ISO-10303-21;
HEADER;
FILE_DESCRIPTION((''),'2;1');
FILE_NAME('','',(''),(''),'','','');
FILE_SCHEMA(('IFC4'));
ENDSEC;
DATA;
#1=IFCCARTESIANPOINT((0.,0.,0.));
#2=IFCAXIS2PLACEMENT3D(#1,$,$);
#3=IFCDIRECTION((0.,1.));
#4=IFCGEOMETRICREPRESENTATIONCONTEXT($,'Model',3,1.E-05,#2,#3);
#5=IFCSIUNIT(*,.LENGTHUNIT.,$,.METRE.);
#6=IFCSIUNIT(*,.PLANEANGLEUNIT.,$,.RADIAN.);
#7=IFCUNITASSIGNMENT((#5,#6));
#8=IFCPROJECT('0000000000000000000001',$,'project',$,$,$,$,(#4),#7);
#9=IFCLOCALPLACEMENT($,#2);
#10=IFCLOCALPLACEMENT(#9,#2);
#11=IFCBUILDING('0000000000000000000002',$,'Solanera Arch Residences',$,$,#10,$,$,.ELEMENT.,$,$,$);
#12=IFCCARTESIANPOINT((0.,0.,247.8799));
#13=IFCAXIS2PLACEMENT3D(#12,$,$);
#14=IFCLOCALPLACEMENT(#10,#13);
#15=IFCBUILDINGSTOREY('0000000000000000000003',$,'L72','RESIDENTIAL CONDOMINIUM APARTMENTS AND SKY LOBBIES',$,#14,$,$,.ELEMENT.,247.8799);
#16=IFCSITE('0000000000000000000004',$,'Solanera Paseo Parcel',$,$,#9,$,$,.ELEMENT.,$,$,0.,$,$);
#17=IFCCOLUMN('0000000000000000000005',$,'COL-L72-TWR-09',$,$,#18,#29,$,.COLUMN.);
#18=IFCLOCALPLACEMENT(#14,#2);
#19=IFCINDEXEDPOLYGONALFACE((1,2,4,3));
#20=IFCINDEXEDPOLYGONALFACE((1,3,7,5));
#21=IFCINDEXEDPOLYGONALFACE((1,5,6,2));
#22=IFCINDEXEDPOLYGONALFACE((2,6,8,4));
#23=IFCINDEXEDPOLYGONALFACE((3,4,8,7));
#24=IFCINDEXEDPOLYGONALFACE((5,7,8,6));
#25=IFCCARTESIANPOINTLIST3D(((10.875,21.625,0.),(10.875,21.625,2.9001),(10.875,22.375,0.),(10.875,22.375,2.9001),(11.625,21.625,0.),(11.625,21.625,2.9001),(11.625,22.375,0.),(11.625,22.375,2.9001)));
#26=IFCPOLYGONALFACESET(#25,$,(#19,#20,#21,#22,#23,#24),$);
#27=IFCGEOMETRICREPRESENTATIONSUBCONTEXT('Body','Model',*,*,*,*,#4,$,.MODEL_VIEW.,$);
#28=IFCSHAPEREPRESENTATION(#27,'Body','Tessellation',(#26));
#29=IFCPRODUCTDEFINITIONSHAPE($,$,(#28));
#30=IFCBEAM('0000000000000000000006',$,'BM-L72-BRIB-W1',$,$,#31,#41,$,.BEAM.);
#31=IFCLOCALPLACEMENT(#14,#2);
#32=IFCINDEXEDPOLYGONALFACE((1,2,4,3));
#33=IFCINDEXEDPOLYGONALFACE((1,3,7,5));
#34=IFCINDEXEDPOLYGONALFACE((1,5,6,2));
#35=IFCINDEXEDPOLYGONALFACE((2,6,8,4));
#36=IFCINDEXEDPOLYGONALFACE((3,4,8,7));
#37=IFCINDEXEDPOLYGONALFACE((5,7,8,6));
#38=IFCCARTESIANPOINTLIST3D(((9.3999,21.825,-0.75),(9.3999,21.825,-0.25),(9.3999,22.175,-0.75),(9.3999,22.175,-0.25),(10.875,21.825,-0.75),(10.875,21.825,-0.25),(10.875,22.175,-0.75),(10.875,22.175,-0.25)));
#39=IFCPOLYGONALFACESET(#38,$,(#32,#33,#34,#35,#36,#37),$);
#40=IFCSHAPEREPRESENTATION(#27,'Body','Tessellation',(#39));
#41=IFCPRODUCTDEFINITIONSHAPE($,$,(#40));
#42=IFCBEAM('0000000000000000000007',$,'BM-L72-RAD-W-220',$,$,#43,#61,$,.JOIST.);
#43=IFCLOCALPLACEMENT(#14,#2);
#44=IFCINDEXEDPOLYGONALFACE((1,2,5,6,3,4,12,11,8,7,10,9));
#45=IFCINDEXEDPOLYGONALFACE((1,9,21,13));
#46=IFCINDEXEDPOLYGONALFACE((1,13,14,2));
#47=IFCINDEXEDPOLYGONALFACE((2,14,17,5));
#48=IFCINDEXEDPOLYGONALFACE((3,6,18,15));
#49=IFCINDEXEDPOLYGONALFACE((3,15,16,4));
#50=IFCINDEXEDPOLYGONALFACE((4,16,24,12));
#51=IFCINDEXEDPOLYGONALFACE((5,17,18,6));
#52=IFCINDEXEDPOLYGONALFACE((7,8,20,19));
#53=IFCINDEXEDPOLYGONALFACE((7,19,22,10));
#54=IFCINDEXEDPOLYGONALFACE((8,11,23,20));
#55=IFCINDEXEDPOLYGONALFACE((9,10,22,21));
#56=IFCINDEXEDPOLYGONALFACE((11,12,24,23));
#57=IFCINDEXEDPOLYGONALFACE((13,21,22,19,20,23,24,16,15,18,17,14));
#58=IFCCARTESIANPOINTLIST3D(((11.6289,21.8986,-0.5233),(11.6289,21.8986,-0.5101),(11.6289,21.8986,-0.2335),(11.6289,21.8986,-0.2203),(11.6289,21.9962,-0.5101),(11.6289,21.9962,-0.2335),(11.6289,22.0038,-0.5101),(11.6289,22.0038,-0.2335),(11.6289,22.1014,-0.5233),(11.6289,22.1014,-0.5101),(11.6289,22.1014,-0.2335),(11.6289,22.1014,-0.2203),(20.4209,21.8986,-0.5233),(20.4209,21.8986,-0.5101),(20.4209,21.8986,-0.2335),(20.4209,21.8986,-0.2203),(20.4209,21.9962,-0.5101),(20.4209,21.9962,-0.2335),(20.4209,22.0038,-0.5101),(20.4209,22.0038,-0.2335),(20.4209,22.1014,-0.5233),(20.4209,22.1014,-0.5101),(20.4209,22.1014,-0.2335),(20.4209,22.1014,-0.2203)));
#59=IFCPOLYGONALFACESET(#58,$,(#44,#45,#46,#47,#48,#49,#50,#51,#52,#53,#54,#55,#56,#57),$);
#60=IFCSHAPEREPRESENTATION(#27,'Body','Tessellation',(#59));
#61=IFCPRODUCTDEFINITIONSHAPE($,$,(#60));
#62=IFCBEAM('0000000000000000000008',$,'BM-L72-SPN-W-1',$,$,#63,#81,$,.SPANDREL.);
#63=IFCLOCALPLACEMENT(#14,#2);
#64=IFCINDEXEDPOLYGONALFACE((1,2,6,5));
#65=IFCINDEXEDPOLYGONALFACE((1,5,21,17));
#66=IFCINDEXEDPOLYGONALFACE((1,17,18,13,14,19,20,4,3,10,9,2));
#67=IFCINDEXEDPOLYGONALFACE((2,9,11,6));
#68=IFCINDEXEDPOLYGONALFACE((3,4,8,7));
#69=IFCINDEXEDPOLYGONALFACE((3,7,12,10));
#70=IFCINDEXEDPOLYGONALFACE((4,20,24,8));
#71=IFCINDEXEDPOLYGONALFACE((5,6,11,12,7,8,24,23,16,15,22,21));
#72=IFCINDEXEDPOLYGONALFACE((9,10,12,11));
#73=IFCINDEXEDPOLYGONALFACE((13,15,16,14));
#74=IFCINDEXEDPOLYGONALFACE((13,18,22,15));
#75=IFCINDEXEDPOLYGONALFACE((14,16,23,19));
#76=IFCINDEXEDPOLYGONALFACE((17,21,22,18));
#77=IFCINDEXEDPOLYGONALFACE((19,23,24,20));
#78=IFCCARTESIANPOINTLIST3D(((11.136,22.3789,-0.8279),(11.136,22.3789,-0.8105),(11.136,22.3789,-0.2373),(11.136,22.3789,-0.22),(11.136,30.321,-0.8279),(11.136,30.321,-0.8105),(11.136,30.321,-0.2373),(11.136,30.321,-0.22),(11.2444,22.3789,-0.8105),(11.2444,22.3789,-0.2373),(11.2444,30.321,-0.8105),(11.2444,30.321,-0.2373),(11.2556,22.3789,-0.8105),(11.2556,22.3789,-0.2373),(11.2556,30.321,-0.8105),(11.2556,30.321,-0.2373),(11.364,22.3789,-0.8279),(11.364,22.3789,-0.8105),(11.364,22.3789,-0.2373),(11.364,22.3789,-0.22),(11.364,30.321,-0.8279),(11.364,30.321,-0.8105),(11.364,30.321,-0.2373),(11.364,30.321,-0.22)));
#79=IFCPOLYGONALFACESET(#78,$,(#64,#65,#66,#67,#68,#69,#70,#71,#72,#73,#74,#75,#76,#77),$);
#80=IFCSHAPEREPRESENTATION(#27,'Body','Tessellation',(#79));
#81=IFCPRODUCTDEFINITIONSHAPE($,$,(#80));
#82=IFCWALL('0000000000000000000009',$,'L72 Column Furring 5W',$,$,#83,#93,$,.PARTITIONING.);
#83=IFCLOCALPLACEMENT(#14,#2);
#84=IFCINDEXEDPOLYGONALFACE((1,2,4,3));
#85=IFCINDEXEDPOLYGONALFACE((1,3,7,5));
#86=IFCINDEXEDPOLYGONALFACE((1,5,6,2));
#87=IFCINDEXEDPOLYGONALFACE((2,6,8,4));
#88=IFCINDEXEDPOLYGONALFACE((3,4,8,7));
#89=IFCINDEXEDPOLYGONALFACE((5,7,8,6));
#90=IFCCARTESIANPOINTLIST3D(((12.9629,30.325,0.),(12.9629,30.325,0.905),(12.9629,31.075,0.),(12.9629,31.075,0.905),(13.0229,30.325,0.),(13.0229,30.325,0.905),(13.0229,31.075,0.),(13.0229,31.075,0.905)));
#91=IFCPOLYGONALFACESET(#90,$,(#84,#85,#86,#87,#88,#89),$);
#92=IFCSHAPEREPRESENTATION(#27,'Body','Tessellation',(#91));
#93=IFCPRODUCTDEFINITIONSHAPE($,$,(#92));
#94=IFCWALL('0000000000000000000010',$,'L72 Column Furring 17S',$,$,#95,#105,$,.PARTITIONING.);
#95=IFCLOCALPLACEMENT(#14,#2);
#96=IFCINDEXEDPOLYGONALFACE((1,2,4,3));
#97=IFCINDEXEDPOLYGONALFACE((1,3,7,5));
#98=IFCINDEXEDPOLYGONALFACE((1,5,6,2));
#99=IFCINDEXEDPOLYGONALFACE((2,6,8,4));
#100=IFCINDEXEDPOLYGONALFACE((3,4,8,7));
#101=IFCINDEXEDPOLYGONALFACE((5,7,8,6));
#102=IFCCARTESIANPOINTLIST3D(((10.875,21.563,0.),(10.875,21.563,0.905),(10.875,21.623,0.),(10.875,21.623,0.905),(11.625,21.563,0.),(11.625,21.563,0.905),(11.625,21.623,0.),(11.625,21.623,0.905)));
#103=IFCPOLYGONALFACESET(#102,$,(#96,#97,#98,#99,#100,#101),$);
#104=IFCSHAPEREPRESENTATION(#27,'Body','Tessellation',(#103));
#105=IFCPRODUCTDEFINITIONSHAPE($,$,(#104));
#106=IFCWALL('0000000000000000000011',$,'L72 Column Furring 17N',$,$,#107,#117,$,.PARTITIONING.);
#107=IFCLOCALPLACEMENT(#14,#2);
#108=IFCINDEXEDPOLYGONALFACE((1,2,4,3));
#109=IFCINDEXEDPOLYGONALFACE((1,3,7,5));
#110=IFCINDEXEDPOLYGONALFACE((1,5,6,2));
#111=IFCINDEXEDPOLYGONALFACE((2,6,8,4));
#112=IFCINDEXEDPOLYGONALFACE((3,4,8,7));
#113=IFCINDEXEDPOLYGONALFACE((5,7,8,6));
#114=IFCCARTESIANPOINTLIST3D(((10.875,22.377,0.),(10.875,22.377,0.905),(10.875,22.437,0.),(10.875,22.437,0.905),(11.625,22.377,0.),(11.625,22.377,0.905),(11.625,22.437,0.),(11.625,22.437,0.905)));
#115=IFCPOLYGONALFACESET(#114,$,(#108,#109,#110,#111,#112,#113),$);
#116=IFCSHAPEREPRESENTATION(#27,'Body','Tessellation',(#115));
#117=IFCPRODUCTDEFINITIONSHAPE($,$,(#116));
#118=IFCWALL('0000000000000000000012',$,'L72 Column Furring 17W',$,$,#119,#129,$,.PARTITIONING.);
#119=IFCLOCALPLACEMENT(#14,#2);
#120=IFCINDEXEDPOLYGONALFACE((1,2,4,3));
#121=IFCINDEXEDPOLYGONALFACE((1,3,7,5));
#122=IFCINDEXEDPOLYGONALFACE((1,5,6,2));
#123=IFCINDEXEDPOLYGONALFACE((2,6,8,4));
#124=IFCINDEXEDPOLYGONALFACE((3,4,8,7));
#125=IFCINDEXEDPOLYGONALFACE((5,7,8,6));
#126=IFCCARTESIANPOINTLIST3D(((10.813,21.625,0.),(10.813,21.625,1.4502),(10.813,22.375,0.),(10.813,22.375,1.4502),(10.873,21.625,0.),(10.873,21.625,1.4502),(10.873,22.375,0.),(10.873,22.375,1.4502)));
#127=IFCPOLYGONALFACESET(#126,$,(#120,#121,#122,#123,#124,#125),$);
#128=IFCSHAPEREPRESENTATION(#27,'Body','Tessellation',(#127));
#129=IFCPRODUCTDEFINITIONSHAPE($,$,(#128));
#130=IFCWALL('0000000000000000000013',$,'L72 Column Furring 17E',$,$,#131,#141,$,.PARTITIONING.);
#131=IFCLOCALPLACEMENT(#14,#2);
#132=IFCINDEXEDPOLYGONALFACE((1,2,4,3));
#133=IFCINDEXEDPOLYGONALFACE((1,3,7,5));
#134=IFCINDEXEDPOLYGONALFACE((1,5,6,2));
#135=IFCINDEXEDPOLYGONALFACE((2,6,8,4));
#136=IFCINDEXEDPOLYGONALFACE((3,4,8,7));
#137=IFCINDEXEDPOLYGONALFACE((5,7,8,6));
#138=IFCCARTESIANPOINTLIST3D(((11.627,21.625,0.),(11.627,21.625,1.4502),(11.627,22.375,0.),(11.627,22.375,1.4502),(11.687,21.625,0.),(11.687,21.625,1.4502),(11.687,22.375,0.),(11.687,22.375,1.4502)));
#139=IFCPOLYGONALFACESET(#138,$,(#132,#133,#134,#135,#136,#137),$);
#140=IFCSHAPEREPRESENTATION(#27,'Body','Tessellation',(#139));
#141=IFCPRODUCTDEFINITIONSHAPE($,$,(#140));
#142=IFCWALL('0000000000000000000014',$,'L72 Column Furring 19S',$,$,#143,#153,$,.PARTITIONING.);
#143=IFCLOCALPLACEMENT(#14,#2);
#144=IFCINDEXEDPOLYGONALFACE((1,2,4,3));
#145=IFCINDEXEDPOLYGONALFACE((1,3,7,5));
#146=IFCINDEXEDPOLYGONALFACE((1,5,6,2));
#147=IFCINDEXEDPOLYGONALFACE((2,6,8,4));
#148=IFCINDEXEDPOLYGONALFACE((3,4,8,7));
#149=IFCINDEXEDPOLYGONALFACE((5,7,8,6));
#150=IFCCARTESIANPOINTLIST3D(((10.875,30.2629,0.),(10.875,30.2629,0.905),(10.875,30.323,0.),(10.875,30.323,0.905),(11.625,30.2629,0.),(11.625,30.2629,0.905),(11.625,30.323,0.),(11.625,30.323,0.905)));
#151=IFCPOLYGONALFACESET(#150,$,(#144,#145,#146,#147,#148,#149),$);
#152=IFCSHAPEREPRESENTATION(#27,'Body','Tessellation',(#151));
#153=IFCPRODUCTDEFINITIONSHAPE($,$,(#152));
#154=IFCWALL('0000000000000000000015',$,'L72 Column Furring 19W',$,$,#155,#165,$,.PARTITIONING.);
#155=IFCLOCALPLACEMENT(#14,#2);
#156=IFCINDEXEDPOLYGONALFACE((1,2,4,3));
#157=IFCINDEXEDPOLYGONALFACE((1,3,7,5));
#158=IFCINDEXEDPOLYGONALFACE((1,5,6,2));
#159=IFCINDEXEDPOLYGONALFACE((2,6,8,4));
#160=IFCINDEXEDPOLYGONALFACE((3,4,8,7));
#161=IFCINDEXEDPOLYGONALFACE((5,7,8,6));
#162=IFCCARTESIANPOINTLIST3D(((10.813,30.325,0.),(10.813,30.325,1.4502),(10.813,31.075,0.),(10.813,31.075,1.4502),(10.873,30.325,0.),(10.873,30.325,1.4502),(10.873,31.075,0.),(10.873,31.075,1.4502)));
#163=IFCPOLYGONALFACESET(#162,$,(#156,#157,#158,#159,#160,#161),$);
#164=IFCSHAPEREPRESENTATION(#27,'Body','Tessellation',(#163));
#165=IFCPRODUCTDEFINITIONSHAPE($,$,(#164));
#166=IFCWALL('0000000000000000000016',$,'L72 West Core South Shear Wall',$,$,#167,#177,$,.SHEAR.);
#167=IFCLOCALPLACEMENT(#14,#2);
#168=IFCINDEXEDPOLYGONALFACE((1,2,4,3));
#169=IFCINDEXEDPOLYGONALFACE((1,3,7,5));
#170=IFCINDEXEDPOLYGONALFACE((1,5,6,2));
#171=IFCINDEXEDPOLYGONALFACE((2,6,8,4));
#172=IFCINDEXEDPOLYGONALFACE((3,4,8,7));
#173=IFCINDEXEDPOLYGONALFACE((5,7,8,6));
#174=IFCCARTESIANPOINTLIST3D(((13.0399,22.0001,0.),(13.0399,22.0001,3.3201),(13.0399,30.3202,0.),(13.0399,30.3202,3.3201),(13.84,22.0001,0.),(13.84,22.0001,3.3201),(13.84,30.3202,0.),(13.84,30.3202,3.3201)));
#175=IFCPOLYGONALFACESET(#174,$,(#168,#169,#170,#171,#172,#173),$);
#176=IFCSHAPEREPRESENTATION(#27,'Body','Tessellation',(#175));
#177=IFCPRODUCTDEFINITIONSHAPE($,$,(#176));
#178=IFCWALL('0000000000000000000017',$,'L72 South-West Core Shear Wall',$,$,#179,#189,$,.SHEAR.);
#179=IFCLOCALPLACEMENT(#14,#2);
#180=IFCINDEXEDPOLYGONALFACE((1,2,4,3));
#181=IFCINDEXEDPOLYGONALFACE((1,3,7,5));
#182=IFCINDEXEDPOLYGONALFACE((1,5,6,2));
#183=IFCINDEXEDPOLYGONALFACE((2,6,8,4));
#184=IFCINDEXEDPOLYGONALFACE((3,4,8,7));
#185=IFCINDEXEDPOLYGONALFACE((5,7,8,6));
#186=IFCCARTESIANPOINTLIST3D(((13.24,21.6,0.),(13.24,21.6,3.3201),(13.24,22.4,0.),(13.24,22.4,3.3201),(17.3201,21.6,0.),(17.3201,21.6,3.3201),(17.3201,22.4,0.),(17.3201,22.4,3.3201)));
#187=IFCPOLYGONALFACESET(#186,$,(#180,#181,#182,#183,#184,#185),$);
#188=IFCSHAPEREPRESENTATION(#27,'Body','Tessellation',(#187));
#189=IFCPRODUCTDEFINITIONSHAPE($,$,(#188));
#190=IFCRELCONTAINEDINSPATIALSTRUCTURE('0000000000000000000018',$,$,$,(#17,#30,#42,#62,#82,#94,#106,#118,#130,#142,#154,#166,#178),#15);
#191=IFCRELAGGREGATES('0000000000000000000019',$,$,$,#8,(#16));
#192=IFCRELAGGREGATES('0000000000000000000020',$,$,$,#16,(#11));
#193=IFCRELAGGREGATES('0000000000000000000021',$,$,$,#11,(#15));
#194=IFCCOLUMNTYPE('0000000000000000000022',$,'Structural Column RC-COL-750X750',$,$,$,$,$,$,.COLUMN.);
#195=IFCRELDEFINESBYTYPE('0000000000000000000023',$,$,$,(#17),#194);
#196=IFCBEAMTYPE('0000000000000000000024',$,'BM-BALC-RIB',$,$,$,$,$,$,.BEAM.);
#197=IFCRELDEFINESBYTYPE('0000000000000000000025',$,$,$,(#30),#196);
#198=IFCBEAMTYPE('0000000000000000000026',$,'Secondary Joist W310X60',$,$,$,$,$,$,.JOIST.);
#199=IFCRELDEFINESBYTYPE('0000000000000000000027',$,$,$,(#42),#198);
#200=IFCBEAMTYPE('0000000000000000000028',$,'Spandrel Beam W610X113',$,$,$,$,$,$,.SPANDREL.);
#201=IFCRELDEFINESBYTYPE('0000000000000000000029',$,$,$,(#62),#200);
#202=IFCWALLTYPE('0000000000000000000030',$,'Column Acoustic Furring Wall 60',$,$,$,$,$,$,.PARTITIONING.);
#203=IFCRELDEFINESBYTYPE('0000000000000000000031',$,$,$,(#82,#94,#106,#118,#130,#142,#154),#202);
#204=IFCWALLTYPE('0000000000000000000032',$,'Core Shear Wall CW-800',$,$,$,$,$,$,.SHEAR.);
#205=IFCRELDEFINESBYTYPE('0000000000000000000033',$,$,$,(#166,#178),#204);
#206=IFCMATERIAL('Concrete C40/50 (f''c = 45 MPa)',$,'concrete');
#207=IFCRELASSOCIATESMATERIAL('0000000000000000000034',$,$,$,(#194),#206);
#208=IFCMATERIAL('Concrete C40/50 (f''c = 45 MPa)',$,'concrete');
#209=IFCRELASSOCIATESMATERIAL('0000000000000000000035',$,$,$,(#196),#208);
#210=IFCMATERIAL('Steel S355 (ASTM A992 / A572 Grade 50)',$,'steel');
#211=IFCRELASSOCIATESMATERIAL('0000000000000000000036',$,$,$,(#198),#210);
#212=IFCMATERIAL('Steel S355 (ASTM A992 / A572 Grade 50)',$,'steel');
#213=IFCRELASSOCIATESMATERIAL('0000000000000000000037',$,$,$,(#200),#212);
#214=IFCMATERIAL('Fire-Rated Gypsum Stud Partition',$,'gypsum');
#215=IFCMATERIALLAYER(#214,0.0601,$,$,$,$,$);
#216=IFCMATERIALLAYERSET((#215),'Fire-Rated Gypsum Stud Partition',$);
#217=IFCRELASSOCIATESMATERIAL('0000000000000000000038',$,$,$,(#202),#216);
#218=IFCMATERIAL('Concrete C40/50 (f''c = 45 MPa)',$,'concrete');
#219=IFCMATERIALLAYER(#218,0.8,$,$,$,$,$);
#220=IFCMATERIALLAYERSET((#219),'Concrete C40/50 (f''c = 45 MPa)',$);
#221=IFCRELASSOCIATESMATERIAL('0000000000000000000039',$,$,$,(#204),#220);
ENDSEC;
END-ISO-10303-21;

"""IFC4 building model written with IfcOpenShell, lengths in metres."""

from ifc_helpers import new_model, si_unit, direction, frame, frame_2d, origin, origin_2d, place, context, subcontext, project, spatial, rectangle, i_section, extrude, material, layer, layer_set, material_profile, profile_set, type_object, element, save


model = new_model("IFC4")

# Units and contexts
model_context = context("Model", 3, precision=1e-05, world=origin(), true_north=direction((0.0, 1.0)))
body_context = subcontext(model_context, "Body", "Model", "MODEL_VIEW")
ifc_project = project(units=[si_unit("LENGTHUNIT", "METRE"), si_unit("PLANEANGLEUNIT", "RADIAN")], contexts=[model_context])

# Site, building, storey
site_placement = place(None, origin())
site = spatial("IfcSite", under=ifc_project, at=site_placement, Name="Solanera Paseo Parcel", CompositionType="ELEMENT", RefElevation=0.0)
building_placement = place(site_placement, origin())
building = spatial("IfcBuilding", under=site, at=building_placement, Name="Solanera Arch Residences", CompositionType="ELEMENT")
storey_placement = place(building_placement, frame((0.0, 0.0, 247.8799)))
storey = spatial("IfcBuildingStorey", under=building, at=storey_placement, Name="L72", Description="RESIDENTIAL CONDOMINIUM APARTMENTS AND SKY LOBBIES", CompositionType="ELEMENT", Elevation=247.8799)

# Column
ifc_material_1 = material(Name="Concrete C40/50 (f'c = 45 MPa)", Category="concrete")
ifc_material_profile_1 = material_profile(ifc_material_1, rectangle(XDim=0.75, YDim=0.75, at=origin_2d()))
ifc_profile_set_1 = profile_set([ifc_material_profile_1], Name="Concrete C40/50 (f'c = 45 MPa)")
column_type = type_object("IfcColumnType", Name="Structural Column RC-COL-750X750", PredefinedType="COLUMN", material=ifc_profile_set_1)
column_placement = place(storey_placement, frame((11.25, 22.0, 0.0), z_axis=(0.0, 0.0, 1.0), x_axis=(1.0, 0.0, 0.0)))
element("IfcColumn", 1, at=column_placement, inside=storey, type_object=column_type, Name="COL-L72-TWR-09", PredefinedType="COLUMN", context=body_context, shape_type="SweptSolid", body=[
    extrude(rectangle(XDim=0.75, YDim=0.75, at=origin_2d()), origin(), (0.0, 0.0, 1.0), 2.9001),
])

# Beams
ifc_material_2 = material(Name="Concrete C40/50 (f'c = 45 MPa)", Category="concrete")
ifc_material_profile_2 = material_profile(ifc_material_2, rectangle(XDim=0.3501, YDim=0.5, at=origin_2d()))
ifc_profile_set_2 = profile_set([ifc_material_profile_2], Name="Concrete C40/50 (f'c = 45 MPa)")
beam_type_1 = type_object("IfcBeamType", Name="BM-BALC-RIB", PredefinedType="BEAM", material=ifc_profile_set_2)
beam_1_placement = place(storey_placement, frame((9.3999, 22.0, -0.5), z_axis=(1.0, 0.0, 0.0), x_axis=(0.0, 1.0, 0.0)))
element("IfcBeam", 2, at=beam_1_placement, inside=storey, type_object=beam_type_1, Name="BM-L72-BRIB-W1", PredefinedType="BEAM", context=body_context, shape_type="SweptSolid", body=[
    extrude(rectangle(XDim=0.3501, YDim=0.5, at=origin_2d()), origin(), (0.0, 0.0, 1.0), 1.4751),
])
ifc_material_3 = material(Name="Steel S355 (ASTM A992 / A572 Grade 50)", Category="steel")
ifc_material_profile_3 = material_profile(ifc_material_3, i_section(OverallWidth=0.2029, OverallDepth=0.303, WebThickness=0.0076, FlangeThickness=0.0132, at=origin_2d()))
ifc_profile_set_3 = profile_set([ifc_material_profile_3], Name="Steel S355 (ASTM A992 / A572 Grade 50)")
beam_type_2 = type_object("IfcBeamType", Name="Secondary Joist W310X60", PredefinedType="JOIST", material=ifc_profile_set_3)
beam_2_placement = place(storey_placement, frame((11.6289, 22.0, -0.3718), z_axis=(1.0, 0.0, 0.0), x_axis=(0.0, 1.0, 0.0)))
element("IfcBeam", 3, at=beam_2_placement, inside=storey, type_object=beam_type_2, Name="BM-L72-RAD-W-220", PredefinedType="JOIST", context=body_context, shape_type="SweptSolid", body=[
    extrude(i_section(OverallWidth=0.2029, OverallDepth=0.303, WebThickness=0.0076, FlangeThickness=0.0132, at=origin_2d()), origin(), (0.0, 0.0, 1.0), 8.792),
])
ifc_material_4 = material(Name="Steel S355 (ASTM A992 / A572 Grade 50)", Category="steel")
ifc_material_profile_4 = material_profile(ifc_material_4, i_section(OverallWidth=0.228, OverallDepth=0.6079, WebThickness=0.0112, FlangeThickness=0.0173, at=origin_2d()))
ifc_profile_set_4 = profile_set([ifc_material_profile_4], Name="Steel S355 (ASTM A992 / A572 Grade 50)")
beam_type_3 = type_object("IfcBeamType", Name="Spandrel Beam W610X113", PredefinedType="SPANDREL", material=ifc_profile_set_4)
beam_3_placement = place(storey_placement, frame((11.25, 22.3789, -0.5239), z_axis=(0.0, 1.0, 0.0), x_axis=(-1.0, 0.0, 0.0)))
element("IfcBeam", 4, at=beam_3_placement, inside=storey, type_object=beam_type_3, Name="BM-L72-SPN-W-1", PredefinedType="SPANDREL", context=body_context, shape_type="SweptSolid", body=[
    extrude(i_section(OverallWidth=0.228, OverallDepth=0.6079, WebThickness=0.0112, FlangeThickness=0.0173, at=origin_2d()), origin(), (0.0, 0.0, 1.0), 7.9421),
])

# Walls
ifc_material_5 = material(Name="Fire-Rated Gypsum Stud Partition", Category="gypsum")
ifc_layer_1 = layer(ifc_material_5, 0.0601)
ifc_layer_set_1 = layer_set([ifc_layer_1], Name="Fire-Rated Gypsum Stud Partition")
wall_type_1 = type_object("IfcWallType", Name="Column Acoustic Furring Wall 60", PredefinedType="PARTITIONING", material=ifc_layer_set_1)
for number, where, z_axis, x_axis, name in (
    (5, (12.9929, 30.325, 0.0), (0.0, 0.0, 1.0), (0.0, 1.0, 0.0), "L72 Column Furring 5W"),
    (6, (10.875, 21.593, 0.0), (0.0, 0.0, 1.0), (1.0, 0.0, 0.0), "L72 Column Furring 17S"),
    (7, (10.875, 22.407, 0.0), (0.0, 0.0, 1.0), (1.0, 0.0, 0.0), "L72 Column Furring 17N"),
):
    element("IfcWall", number, at=place(storey_placement, frame(where, z_axis=z_axis, x_axis=x_axis)), inside=storey, type_object=wall_type_1, Name=name, PredefinedType="PARTITIONING", context=body_context, shape_type="SweptSolid", body=[
        extrude(rectangle(XDim=0.75, YDim=0.0601, at=frame_2d((0.375, 0.0))), origin(), (0.0, 0.0, 1.0), 0.905),
    ])
for number, where, z_axis, x_axis, name in (
    (8, (10.843, 21.625, 0.0), (0.0, 0.0, 1.0), (0.0, 1.0, 0.0), "L72 Column Furring 17W"),
    (9, (11.657, 21.625, 0.0), (0.0, 0.0, 1.0), (0.0, 1.0, 0.0), "L72 Column Furring 17E"),
):
    element("IfcWall", number, at=place(storey_placement, frame(where, z_axis=z_axis, x_axis=x_axis)), inside=storey, type_object=wall_type_1, Name=name, PredefinedType="PARTITIONING", context=body_context, shape_type="SweptSolid", body=[
        extrude(rectangle(XDim=0.75, YDim=0.0601, at=frame_2d((0.375, 0.0))), origin(), (0.0, 0.0, 1.0), 1.4502),
    ])
wall_1_placement = place(storey_placement, frame((10.875, 30.293, 0.0), z_axis=(0.0, 0.0, 1.0), x_axis=(1.0, 0.0, 0.0)))
element("IfcWall", 10, at=wall_1_placement, inside=storey, type_object=wall_type_1, Name="L72 Column Furring 19S", PredefinedType="PARTITIONING", context=body_context, shape_type="SweptSolid", body=[
    extrude(rectangle(XDim=0.75, YDim=0.0601, at=frame_2d((0.375, 0.0))), origin(), (0.0, 0.0, 1.0), 0.905),
])
wall_2_placement = place(storey_placement, frame((10.843, 30.325, 0.0), z_axis=(0.0, 0.0, 1.0), x_axis=(0.0, 1.0, 0.0)))
element("IfcWall", 11, at=wall_2_placement, inside=storey, type_object=wall_type_1, Name="L72 Column Furring 19W", PredefinedType="PARTITIONING", context=body_context, shape_type="SweptSolid", body=[
    extrude(rectangle(XDim=0.75, YDim=0.0601, at=frame_2d((0.375, 0.0))), origin(), (0.0, 0.0, 1.0), 1.4502),
])
ifc_material_6 = material(Name="Concrete C40/50 (f'c = 45 MPa)", Category="concrete")
ifc_layer_2 = layer(ifc_material_6, 0.8)
ifc_layer_set_2 = layer_set([ifc_layer_2], Name="Concrete C40/50 (f'c = 45 MPa)")
wall_type_2 = type_object("IfcWallType", Name="Core Shear Wall CW-800", PredefinedType="SHEAR", material=ifc_layer_set_2)
wall_3_placement = place(storey_placement, frame((13.4399, 22.0, 0.0), z_axis=(0.0, 0.0, 1.0), x_axis=(0.0, 1.0, 0.0)))
element("IfcWall", 12, at=wall_3_placement, inside=storey, type_object=wall_type_2, Name="L72 West Core South Shear Wall", PredefinedType="SHEAR", context=body_context, shape_type="SweptSolid", body=[
    extrude(rectangle(XDim=8.3201, YDim=0.8, at=frame_2d((4.1602, 0.0))), origin(), (0.0, 0.0, 1.0), 3.3201),
])
wall_4_placement = place(storey_placement, frame((13.24, 22.0, 0.0), z_axis=(0.0, 0.0, 1.0), x_axis=(1.0, 0.0, 0.0)))
element("IfcWall", 13, at=wall_4_placement, inside=storey, type_object=wall_type_2, Name="L72 South-West Core Shear Wall", PredefinedType="SHEAR", context=body_context, shape_type="SweptSolid", body=[
    extrude(rectangle(XDim=4.0801, YDim=0.8, at=frame_2d((2.04, 0.0))), origin(), (0.0, 0.0, 1.0), 3.3201),
])

save(model, "model.ifc")
